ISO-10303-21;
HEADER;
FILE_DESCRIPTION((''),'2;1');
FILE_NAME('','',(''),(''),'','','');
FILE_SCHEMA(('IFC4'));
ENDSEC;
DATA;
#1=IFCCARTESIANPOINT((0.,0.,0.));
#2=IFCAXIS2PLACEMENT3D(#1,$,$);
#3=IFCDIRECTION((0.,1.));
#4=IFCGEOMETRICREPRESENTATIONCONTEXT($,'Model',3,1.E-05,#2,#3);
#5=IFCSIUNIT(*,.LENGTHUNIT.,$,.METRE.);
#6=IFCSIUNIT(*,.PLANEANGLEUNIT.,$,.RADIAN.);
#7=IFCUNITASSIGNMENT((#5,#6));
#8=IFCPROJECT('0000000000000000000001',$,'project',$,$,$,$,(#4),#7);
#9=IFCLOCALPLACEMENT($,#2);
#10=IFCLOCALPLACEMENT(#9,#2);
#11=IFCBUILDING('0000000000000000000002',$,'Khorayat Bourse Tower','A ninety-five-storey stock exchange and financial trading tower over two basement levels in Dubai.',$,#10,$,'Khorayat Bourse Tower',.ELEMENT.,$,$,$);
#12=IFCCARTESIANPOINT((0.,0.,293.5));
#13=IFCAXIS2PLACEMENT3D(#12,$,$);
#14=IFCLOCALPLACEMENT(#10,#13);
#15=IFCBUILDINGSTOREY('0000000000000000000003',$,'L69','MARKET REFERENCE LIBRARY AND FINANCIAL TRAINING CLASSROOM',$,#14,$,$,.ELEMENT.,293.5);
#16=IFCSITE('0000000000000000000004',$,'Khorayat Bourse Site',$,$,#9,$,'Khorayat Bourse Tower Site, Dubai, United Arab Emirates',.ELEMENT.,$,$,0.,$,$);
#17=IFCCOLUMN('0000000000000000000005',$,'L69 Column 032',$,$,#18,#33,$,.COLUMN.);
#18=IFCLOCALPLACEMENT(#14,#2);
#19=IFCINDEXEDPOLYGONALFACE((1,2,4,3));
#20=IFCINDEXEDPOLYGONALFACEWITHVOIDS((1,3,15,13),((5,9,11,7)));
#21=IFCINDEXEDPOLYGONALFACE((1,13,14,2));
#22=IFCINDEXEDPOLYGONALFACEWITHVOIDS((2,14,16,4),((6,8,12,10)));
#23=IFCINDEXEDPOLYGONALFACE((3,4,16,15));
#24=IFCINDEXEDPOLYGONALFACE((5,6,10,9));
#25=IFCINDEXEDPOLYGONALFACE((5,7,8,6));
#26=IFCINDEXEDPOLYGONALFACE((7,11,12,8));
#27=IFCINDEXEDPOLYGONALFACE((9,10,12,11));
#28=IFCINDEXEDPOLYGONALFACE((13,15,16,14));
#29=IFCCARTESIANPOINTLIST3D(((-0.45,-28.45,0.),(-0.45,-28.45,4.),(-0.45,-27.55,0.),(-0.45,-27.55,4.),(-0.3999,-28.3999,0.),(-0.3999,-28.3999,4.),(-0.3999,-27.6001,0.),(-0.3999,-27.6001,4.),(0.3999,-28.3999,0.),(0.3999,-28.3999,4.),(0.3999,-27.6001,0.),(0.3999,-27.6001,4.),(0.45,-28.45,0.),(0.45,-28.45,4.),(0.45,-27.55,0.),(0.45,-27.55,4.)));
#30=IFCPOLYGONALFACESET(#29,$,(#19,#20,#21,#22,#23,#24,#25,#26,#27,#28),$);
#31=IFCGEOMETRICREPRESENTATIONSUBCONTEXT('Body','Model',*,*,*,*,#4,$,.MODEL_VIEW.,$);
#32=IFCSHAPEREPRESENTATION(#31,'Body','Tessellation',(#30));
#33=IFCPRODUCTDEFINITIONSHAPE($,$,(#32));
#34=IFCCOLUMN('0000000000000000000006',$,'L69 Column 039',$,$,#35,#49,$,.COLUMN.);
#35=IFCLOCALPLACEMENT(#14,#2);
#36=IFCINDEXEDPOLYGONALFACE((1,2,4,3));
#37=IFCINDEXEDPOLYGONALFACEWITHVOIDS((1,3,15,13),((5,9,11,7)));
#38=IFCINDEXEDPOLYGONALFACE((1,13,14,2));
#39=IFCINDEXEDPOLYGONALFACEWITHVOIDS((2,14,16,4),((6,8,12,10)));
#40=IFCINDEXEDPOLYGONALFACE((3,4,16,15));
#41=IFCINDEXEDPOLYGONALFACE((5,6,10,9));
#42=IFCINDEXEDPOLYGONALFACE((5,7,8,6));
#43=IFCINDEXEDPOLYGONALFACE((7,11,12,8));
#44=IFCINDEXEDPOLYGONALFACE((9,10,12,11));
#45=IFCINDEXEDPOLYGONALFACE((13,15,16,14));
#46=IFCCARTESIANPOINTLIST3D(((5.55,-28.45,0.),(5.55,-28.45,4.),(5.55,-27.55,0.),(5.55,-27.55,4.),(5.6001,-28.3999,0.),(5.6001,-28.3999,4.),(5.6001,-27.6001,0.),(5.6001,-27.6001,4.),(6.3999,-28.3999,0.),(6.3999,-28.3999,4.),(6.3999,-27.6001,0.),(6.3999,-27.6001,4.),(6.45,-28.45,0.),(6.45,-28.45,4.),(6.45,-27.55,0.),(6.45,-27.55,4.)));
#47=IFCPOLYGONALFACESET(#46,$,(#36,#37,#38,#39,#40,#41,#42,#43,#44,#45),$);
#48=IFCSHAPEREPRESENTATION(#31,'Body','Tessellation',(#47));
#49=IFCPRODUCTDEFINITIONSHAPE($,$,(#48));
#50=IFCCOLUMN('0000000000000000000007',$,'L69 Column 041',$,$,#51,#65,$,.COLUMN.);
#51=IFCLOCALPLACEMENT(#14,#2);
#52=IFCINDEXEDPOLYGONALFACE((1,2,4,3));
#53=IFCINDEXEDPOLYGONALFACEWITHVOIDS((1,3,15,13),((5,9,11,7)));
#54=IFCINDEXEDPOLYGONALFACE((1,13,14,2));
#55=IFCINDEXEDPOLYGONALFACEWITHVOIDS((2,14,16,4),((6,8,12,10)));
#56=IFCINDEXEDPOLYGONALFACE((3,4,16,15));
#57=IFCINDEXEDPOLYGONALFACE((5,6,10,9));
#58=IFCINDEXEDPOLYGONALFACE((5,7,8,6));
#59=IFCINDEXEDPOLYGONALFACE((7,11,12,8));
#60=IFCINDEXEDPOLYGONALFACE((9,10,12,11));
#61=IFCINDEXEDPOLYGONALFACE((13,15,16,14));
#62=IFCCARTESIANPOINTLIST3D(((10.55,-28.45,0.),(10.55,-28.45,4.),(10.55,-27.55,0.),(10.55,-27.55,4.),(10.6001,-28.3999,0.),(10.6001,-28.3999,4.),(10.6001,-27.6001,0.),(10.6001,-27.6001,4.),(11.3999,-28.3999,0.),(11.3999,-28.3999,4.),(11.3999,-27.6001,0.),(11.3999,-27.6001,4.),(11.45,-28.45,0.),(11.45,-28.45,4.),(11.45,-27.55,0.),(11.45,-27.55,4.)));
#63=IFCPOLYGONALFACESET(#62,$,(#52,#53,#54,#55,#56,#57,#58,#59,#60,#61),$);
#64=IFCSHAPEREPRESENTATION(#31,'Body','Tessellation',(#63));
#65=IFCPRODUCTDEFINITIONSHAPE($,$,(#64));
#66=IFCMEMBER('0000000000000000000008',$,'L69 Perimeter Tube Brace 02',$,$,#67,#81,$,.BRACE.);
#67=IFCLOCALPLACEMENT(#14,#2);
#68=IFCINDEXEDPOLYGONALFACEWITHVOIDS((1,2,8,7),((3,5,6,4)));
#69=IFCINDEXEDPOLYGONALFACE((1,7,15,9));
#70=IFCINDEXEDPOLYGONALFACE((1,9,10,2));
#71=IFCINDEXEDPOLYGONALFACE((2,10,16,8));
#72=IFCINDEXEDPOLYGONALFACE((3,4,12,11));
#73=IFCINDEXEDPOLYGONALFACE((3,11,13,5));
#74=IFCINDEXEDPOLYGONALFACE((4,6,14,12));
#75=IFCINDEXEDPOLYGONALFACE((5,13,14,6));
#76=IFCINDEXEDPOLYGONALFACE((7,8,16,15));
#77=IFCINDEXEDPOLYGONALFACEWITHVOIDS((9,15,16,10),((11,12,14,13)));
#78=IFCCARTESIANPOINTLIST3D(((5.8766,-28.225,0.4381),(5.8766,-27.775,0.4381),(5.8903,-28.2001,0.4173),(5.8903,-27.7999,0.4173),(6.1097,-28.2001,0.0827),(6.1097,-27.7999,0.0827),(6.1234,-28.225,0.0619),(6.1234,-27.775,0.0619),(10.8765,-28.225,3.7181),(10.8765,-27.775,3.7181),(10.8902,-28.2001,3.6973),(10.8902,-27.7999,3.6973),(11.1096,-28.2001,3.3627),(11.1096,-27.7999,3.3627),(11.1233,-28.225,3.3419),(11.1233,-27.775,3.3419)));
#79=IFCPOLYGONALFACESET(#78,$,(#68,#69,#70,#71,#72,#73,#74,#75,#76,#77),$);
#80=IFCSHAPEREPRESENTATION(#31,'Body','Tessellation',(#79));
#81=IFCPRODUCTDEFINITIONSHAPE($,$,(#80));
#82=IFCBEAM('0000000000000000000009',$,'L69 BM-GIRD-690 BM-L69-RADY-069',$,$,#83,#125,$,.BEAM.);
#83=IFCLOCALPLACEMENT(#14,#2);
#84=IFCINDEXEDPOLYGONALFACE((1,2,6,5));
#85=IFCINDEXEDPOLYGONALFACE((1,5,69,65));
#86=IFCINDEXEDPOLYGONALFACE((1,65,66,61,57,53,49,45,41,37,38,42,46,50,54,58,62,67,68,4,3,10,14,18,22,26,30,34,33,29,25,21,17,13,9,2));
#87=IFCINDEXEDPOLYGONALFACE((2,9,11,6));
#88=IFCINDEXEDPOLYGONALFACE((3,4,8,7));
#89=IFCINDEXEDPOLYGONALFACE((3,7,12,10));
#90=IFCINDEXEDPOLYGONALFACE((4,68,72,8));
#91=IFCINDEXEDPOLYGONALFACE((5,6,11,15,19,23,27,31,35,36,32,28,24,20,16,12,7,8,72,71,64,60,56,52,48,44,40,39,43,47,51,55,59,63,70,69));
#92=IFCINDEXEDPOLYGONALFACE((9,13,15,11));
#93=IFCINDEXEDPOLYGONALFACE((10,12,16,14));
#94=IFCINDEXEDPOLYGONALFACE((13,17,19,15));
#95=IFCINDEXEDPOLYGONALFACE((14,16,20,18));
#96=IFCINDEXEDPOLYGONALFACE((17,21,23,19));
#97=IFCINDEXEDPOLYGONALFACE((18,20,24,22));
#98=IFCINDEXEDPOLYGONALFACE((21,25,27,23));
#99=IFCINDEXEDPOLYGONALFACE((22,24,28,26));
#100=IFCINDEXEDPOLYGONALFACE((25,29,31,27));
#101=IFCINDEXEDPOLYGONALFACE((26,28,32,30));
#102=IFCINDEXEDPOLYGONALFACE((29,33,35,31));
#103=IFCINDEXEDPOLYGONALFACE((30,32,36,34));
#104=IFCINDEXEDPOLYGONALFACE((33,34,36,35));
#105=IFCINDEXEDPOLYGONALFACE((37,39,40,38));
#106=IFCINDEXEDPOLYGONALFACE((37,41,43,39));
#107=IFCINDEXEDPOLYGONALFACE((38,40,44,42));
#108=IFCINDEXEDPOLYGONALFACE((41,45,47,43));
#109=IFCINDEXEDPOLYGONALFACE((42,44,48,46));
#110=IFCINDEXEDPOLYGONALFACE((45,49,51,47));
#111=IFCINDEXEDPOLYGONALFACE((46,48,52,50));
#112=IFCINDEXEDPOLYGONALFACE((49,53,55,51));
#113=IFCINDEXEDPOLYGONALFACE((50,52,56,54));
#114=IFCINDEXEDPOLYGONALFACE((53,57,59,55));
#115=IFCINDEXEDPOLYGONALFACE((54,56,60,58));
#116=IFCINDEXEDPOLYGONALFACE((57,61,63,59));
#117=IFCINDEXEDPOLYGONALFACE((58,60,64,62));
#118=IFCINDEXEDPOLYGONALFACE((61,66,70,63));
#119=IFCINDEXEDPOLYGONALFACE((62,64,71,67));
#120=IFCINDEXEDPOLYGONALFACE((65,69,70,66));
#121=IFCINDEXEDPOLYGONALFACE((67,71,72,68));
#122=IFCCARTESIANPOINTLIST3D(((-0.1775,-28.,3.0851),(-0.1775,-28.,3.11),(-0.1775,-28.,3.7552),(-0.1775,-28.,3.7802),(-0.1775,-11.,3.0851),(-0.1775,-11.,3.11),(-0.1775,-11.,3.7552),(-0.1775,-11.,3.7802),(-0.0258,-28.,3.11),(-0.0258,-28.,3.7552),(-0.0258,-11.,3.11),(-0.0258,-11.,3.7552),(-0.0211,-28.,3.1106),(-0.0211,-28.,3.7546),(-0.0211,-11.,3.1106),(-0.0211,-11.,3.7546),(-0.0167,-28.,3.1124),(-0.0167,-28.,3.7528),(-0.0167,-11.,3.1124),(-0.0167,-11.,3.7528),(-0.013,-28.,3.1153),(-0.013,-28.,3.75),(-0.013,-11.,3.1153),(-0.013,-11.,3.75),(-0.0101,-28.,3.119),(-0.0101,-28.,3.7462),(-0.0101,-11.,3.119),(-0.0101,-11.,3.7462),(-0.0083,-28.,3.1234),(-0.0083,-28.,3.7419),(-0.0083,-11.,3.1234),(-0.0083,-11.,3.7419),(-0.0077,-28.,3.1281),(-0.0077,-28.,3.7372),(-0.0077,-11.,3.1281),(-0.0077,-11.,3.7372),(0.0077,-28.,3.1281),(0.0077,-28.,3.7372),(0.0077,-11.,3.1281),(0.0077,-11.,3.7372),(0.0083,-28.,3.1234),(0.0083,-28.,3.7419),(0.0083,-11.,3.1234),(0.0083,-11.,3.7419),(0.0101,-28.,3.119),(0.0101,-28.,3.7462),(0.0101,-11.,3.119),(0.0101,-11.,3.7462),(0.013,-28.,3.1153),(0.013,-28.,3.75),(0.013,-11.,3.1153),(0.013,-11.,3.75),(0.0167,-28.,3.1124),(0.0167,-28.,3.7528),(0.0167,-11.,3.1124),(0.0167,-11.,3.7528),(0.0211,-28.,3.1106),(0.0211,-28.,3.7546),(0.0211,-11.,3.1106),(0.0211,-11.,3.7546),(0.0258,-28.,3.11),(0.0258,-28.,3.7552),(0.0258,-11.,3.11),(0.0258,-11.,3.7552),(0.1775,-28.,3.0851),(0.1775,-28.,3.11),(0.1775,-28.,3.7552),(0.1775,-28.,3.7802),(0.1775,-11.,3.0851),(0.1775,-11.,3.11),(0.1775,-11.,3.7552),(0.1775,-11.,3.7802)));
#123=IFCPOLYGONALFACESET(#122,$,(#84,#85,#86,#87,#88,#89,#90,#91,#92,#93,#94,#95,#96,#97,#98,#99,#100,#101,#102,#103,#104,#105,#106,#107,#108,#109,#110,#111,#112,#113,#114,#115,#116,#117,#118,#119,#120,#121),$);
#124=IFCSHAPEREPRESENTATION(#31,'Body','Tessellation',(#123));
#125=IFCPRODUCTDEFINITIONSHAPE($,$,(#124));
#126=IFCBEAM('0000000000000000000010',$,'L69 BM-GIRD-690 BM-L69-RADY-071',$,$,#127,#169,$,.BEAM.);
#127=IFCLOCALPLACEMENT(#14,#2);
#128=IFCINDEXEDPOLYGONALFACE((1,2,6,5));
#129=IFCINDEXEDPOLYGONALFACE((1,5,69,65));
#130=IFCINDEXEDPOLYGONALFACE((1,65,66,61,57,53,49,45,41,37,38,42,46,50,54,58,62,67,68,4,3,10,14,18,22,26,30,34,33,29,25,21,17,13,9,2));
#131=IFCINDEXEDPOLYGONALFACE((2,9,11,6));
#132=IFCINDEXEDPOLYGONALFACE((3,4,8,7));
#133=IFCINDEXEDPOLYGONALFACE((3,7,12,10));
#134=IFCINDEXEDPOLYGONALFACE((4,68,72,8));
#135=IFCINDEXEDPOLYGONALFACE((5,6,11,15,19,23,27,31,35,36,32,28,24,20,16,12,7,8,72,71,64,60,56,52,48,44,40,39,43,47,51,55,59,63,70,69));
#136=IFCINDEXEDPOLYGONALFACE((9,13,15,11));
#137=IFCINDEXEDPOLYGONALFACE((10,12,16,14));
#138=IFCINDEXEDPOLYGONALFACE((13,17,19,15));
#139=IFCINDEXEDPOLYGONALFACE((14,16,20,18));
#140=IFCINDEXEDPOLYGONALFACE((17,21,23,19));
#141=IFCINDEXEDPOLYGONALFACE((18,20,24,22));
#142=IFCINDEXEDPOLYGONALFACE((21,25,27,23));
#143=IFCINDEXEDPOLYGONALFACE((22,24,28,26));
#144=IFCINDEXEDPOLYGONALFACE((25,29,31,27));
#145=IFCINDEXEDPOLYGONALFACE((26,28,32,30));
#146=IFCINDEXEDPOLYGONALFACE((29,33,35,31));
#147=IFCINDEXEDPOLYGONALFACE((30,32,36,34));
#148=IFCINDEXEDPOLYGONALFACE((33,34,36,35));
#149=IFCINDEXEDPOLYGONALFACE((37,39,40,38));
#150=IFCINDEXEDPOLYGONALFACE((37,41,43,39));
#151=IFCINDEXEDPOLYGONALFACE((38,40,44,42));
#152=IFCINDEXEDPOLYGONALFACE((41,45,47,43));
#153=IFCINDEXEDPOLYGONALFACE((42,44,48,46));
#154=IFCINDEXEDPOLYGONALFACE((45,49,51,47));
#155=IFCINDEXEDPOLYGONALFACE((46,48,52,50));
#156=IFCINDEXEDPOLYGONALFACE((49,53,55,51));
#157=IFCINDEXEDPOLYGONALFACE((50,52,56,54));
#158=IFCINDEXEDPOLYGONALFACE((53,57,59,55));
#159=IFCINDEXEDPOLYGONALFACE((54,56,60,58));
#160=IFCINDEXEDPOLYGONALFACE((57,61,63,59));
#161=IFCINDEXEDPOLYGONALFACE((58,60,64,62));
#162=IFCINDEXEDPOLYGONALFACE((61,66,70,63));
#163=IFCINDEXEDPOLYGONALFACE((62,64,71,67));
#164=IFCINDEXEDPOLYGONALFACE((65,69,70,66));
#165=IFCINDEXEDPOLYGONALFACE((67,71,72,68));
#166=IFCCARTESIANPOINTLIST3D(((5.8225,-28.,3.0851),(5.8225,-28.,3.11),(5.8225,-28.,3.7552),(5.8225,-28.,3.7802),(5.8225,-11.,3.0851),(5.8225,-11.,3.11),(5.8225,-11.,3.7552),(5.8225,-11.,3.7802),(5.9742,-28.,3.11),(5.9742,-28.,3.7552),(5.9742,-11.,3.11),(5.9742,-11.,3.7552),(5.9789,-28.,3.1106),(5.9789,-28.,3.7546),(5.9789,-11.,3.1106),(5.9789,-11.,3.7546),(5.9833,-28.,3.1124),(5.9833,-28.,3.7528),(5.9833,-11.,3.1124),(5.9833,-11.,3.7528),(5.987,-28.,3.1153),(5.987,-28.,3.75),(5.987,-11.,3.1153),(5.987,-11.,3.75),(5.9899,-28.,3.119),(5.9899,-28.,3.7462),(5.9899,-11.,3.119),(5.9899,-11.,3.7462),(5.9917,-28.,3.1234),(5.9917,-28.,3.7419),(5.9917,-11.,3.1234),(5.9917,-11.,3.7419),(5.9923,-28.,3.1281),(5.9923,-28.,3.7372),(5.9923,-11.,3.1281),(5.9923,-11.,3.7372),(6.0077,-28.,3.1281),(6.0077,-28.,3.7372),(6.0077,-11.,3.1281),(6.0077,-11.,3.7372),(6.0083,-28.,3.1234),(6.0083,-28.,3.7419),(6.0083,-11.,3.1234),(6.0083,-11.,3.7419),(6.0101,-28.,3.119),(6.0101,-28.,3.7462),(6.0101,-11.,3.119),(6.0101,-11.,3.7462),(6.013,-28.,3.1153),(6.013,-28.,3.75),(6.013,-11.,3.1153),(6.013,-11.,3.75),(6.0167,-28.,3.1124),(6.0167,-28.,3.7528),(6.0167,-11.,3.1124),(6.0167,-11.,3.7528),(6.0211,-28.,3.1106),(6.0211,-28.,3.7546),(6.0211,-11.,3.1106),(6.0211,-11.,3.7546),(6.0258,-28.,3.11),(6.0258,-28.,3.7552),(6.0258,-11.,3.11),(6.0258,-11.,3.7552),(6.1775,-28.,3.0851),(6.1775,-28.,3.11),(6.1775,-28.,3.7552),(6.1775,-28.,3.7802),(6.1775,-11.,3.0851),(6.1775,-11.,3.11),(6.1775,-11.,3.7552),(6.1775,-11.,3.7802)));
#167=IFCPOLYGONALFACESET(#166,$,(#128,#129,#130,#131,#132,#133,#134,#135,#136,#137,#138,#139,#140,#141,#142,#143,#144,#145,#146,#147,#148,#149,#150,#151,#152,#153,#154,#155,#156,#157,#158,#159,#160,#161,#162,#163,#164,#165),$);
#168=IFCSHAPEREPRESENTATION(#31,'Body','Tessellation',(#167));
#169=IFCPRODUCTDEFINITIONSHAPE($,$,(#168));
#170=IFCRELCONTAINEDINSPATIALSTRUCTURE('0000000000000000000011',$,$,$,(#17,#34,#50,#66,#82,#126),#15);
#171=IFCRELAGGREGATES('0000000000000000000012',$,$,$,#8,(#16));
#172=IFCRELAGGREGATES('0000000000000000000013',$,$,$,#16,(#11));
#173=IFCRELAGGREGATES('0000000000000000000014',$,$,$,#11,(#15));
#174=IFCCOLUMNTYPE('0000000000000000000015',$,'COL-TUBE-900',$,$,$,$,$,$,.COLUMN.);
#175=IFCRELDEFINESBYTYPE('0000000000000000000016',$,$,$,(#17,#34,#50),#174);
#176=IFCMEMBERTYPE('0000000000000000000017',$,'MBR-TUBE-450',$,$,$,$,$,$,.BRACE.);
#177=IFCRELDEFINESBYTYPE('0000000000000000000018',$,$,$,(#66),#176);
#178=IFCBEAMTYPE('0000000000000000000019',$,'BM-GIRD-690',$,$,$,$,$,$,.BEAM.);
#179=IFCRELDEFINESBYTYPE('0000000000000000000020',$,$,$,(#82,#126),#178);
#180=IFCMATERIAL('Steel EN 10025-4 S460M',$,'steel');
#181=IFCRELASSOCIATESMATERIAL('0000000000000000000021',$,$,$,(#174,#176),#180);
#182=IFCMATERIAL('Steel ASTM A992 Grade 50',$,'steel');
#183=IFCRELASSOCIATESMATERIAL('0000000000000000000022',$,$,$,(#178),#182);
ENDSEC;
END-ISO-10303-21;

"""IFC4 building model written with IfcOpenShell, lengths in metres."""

from ifc_helpers import new_model, si_unit, direction, frame, origin, origin_2d, place, context, subcontext, project, spatial, hollow_rectangle, i_section, extrude, source, transform, mapped, material, material_profile, profile_set, type_object, element, save


model = new_model("IFC4")

# Units and contexts
model_context = context("Model", 3, precision=1e-05, world=origin(), true_north=direction((0.0, 1.0)))
body_context = subcontext(model_context, "Body", "Model", "MODEL_VIEW")
ifc_project = project(units=[si_unit("LENGTHUNIT", "METRE"), si_unit("PLANEANGLEUNIT", "RADIAN")], contexts=[model_context])

# Site, building, storey
site_placement = place(None, origin())
site = spatial("IfcSite", under=ifc_project, at=site_placement, Name="Khorayat Bourse Site", LongName="Khorayat Bourse Tower Site, Dubai, United Arab Emirates", CompositionType="ELEMENT", RefElevation=0.0)
building_placement = place(site_placement, origin())
building = spatial("IfcBuilding", under=site, at=building_placement, Name="Khorayat Bourse Tower", Description="A ninety-five-storey stock exchange and financial trading tower over two basement levels in Dubai.", LongName="Khorayat Bourse Tower", CompositionType="ELEMENT")
storey_placement = place(building_placement, frame((0.0, 0.0, 293.5)))
storey = spatial("IfcBuildingStorey", under=building, at=storey_placement, Name="L69", Description="MARKET REFERENCE LIBRARY AND FINANCIAL TRAINING CLASSROOM", CompositionType="ELEMENT", Elevation=293.5)

# Columns
ifc_material_1 = material(Name="Steel EN 10025-4 S460M", Category="steel")
ifc_material_profile_1 = material_profile(ifc_material_1, hollow_rectangle(XDim=0.8999, YDim=0.8999, WallThickness=0.05, at=origin_2d()), Name="BOX 900x900x50")
ifc_profile_set_1 = profile_set([ifc_material_profile_1], Name="Steel EN 10025-4 S460M")
column_type = type_object("IfcColumnType", Name="COL-TUBE-900", PredefinedType="COLUMN", material=ifc_profile_set_1)
shared_shape_1 = source(origin(), body_context, "Body", "SweptSolid", [
    extrude(hollow_rectangle(XDim=0.8999, YDim=0.8999, WallThickness=0.05, at=origin_2d()), origin(), (0.0, 0.0, 1.0), 4.0),
])
for number, where, z_axis, x_axis, name in (
    (1, (0.0, -28.0, 0.0), (0.0, 0.0, 1.0), (1.0, 0.0, 0.0), "L69 Column 032"),
    (2, (6.0, -28.0, 0.0), (0.0, 0.0, 1.0), (1.0, 0.0, 0.0), "L69 Column 039"),
    (3, (11.0, -28.0, 0.0), (0.0, 0.0, 1.0), (1.0, 0.0, 0.0), "L69 Column 041"),
):
    element("IfcColumn", number, at=place(storey_placement, frame(where, z_axis=z_axis, x_axis=x_axis)), inside=storey, type_object=column_type, Name=name, PredefinedType="COLUMN", context=body_context, shape_type="MappedRepresentation", body=[
        mapped(shared_shape_1, transform((0.0, 0.0, 0.0), scale=1.0)),
    ])

# Member
ifc_material_profile_2 = material_profile(ifc_material_1, hollow_rectangle(XDim=0.45, YDim=0.45, WallThickness=0.0249, at=origin_2d()), Name="HSS 450x450x25")
ifc_profile_set_2 = profile_set([ifc_material_profile_2], Name="Steel EN 10025-4 S460M")
member_type_1 = type_object("IfcMemberType", Name="MBR-TUBE-450", PredefinedType="BRACE", material=ifc_profile_set_2)
shared_shape_2 = source(origin(), body_context, "Body", "SweptSolid", [
    extrude(hollow_rectangle(XDim=0.45, YDim=0.45, WallThickness=0.0249, at=origin_2d()), origin(), (0.0, 0.0, 1.0), 5.9797),
])
member_1_placement = place(storey_placement, frame((6.0, -28.0, 0.25), z_axis=(0.836142, 0.0, 0.548514), x_axis=(0.0, 1.0, 0.0)))
element("IfcMember", 4, at=member_1_placement, inside=storey, type_object=member_type_1, Name="L69 Perimeter Tube Brace 02", PredefinedType="BRACE", context=body_context, shape_type="MappedRepresentation", body=[
    mapped(shared_shape_2, transform((0.0, 0.0, 0.0), scale=1.0)),
])

# Beams
ifc_material_2 = material(Name="Steel ASTM A992 Grade 50", Category="steel")
ifc_material_profile_3 = material_profile(ifc_material_2, i_section(OverallWidth=0.355, OverallDepth=0.6951, WebThickness=0.0154, FlangeThickness=0.0249, FilletRadius=0.0181, at=origin_2d()), Name="W690X217")
ifc_profile_set_3 = profile_set([ifc_material_profile_3], Name="Steel ASTM A992 Grade 50")
beam_type_1 = type_object("IfcBeamType", Name="BM-GIRD-690", PredefinedType="BEAM", material=ifc_profile_set_3)
shared_shape_3 = source(origin(), body_context, "Body", "SweptSolid", [
    extrude(i_section(OverallWidth=0.355, OverallDepth=0.6951, WebThickness=0.0154, FlangeThickness=0.0249, FilletRadius=0.0181, at=origin_2d()), origin(), (0.0, 0.0, 1.0), 17.0),
])
for number, where, z_axis, x_axis, name in (
    (5, (0.0, -28.0, 3.4326), (0.0, 1.0, 0.0), (-1.0, 0.0, 0.0), "L69 BM-GIRD-690 BM-L69-RADY-069"),
    (6, (6.0, -28.0, 3.4326), (0.0, 1.0, 0.0), (-1.0, 0.0, 0.0), "L69 BM-GIRD-690 BM-L69-RADY-071"),
):
    element("IfcBeam", number, at=place(storey_placement, frame(where, z_axis=z_axis, x_axis=x_axis)), inside=storey, type_object=beam_type_1, Name=name, PredefinedType="BEAM", context=body_context, shape_type="MappedRepresentation", body=[
        mapped(shared_shape_3, transform((0.0, 0.0, 0.0), scale=1.0)),
    ])

save(model, "model.ifc")
